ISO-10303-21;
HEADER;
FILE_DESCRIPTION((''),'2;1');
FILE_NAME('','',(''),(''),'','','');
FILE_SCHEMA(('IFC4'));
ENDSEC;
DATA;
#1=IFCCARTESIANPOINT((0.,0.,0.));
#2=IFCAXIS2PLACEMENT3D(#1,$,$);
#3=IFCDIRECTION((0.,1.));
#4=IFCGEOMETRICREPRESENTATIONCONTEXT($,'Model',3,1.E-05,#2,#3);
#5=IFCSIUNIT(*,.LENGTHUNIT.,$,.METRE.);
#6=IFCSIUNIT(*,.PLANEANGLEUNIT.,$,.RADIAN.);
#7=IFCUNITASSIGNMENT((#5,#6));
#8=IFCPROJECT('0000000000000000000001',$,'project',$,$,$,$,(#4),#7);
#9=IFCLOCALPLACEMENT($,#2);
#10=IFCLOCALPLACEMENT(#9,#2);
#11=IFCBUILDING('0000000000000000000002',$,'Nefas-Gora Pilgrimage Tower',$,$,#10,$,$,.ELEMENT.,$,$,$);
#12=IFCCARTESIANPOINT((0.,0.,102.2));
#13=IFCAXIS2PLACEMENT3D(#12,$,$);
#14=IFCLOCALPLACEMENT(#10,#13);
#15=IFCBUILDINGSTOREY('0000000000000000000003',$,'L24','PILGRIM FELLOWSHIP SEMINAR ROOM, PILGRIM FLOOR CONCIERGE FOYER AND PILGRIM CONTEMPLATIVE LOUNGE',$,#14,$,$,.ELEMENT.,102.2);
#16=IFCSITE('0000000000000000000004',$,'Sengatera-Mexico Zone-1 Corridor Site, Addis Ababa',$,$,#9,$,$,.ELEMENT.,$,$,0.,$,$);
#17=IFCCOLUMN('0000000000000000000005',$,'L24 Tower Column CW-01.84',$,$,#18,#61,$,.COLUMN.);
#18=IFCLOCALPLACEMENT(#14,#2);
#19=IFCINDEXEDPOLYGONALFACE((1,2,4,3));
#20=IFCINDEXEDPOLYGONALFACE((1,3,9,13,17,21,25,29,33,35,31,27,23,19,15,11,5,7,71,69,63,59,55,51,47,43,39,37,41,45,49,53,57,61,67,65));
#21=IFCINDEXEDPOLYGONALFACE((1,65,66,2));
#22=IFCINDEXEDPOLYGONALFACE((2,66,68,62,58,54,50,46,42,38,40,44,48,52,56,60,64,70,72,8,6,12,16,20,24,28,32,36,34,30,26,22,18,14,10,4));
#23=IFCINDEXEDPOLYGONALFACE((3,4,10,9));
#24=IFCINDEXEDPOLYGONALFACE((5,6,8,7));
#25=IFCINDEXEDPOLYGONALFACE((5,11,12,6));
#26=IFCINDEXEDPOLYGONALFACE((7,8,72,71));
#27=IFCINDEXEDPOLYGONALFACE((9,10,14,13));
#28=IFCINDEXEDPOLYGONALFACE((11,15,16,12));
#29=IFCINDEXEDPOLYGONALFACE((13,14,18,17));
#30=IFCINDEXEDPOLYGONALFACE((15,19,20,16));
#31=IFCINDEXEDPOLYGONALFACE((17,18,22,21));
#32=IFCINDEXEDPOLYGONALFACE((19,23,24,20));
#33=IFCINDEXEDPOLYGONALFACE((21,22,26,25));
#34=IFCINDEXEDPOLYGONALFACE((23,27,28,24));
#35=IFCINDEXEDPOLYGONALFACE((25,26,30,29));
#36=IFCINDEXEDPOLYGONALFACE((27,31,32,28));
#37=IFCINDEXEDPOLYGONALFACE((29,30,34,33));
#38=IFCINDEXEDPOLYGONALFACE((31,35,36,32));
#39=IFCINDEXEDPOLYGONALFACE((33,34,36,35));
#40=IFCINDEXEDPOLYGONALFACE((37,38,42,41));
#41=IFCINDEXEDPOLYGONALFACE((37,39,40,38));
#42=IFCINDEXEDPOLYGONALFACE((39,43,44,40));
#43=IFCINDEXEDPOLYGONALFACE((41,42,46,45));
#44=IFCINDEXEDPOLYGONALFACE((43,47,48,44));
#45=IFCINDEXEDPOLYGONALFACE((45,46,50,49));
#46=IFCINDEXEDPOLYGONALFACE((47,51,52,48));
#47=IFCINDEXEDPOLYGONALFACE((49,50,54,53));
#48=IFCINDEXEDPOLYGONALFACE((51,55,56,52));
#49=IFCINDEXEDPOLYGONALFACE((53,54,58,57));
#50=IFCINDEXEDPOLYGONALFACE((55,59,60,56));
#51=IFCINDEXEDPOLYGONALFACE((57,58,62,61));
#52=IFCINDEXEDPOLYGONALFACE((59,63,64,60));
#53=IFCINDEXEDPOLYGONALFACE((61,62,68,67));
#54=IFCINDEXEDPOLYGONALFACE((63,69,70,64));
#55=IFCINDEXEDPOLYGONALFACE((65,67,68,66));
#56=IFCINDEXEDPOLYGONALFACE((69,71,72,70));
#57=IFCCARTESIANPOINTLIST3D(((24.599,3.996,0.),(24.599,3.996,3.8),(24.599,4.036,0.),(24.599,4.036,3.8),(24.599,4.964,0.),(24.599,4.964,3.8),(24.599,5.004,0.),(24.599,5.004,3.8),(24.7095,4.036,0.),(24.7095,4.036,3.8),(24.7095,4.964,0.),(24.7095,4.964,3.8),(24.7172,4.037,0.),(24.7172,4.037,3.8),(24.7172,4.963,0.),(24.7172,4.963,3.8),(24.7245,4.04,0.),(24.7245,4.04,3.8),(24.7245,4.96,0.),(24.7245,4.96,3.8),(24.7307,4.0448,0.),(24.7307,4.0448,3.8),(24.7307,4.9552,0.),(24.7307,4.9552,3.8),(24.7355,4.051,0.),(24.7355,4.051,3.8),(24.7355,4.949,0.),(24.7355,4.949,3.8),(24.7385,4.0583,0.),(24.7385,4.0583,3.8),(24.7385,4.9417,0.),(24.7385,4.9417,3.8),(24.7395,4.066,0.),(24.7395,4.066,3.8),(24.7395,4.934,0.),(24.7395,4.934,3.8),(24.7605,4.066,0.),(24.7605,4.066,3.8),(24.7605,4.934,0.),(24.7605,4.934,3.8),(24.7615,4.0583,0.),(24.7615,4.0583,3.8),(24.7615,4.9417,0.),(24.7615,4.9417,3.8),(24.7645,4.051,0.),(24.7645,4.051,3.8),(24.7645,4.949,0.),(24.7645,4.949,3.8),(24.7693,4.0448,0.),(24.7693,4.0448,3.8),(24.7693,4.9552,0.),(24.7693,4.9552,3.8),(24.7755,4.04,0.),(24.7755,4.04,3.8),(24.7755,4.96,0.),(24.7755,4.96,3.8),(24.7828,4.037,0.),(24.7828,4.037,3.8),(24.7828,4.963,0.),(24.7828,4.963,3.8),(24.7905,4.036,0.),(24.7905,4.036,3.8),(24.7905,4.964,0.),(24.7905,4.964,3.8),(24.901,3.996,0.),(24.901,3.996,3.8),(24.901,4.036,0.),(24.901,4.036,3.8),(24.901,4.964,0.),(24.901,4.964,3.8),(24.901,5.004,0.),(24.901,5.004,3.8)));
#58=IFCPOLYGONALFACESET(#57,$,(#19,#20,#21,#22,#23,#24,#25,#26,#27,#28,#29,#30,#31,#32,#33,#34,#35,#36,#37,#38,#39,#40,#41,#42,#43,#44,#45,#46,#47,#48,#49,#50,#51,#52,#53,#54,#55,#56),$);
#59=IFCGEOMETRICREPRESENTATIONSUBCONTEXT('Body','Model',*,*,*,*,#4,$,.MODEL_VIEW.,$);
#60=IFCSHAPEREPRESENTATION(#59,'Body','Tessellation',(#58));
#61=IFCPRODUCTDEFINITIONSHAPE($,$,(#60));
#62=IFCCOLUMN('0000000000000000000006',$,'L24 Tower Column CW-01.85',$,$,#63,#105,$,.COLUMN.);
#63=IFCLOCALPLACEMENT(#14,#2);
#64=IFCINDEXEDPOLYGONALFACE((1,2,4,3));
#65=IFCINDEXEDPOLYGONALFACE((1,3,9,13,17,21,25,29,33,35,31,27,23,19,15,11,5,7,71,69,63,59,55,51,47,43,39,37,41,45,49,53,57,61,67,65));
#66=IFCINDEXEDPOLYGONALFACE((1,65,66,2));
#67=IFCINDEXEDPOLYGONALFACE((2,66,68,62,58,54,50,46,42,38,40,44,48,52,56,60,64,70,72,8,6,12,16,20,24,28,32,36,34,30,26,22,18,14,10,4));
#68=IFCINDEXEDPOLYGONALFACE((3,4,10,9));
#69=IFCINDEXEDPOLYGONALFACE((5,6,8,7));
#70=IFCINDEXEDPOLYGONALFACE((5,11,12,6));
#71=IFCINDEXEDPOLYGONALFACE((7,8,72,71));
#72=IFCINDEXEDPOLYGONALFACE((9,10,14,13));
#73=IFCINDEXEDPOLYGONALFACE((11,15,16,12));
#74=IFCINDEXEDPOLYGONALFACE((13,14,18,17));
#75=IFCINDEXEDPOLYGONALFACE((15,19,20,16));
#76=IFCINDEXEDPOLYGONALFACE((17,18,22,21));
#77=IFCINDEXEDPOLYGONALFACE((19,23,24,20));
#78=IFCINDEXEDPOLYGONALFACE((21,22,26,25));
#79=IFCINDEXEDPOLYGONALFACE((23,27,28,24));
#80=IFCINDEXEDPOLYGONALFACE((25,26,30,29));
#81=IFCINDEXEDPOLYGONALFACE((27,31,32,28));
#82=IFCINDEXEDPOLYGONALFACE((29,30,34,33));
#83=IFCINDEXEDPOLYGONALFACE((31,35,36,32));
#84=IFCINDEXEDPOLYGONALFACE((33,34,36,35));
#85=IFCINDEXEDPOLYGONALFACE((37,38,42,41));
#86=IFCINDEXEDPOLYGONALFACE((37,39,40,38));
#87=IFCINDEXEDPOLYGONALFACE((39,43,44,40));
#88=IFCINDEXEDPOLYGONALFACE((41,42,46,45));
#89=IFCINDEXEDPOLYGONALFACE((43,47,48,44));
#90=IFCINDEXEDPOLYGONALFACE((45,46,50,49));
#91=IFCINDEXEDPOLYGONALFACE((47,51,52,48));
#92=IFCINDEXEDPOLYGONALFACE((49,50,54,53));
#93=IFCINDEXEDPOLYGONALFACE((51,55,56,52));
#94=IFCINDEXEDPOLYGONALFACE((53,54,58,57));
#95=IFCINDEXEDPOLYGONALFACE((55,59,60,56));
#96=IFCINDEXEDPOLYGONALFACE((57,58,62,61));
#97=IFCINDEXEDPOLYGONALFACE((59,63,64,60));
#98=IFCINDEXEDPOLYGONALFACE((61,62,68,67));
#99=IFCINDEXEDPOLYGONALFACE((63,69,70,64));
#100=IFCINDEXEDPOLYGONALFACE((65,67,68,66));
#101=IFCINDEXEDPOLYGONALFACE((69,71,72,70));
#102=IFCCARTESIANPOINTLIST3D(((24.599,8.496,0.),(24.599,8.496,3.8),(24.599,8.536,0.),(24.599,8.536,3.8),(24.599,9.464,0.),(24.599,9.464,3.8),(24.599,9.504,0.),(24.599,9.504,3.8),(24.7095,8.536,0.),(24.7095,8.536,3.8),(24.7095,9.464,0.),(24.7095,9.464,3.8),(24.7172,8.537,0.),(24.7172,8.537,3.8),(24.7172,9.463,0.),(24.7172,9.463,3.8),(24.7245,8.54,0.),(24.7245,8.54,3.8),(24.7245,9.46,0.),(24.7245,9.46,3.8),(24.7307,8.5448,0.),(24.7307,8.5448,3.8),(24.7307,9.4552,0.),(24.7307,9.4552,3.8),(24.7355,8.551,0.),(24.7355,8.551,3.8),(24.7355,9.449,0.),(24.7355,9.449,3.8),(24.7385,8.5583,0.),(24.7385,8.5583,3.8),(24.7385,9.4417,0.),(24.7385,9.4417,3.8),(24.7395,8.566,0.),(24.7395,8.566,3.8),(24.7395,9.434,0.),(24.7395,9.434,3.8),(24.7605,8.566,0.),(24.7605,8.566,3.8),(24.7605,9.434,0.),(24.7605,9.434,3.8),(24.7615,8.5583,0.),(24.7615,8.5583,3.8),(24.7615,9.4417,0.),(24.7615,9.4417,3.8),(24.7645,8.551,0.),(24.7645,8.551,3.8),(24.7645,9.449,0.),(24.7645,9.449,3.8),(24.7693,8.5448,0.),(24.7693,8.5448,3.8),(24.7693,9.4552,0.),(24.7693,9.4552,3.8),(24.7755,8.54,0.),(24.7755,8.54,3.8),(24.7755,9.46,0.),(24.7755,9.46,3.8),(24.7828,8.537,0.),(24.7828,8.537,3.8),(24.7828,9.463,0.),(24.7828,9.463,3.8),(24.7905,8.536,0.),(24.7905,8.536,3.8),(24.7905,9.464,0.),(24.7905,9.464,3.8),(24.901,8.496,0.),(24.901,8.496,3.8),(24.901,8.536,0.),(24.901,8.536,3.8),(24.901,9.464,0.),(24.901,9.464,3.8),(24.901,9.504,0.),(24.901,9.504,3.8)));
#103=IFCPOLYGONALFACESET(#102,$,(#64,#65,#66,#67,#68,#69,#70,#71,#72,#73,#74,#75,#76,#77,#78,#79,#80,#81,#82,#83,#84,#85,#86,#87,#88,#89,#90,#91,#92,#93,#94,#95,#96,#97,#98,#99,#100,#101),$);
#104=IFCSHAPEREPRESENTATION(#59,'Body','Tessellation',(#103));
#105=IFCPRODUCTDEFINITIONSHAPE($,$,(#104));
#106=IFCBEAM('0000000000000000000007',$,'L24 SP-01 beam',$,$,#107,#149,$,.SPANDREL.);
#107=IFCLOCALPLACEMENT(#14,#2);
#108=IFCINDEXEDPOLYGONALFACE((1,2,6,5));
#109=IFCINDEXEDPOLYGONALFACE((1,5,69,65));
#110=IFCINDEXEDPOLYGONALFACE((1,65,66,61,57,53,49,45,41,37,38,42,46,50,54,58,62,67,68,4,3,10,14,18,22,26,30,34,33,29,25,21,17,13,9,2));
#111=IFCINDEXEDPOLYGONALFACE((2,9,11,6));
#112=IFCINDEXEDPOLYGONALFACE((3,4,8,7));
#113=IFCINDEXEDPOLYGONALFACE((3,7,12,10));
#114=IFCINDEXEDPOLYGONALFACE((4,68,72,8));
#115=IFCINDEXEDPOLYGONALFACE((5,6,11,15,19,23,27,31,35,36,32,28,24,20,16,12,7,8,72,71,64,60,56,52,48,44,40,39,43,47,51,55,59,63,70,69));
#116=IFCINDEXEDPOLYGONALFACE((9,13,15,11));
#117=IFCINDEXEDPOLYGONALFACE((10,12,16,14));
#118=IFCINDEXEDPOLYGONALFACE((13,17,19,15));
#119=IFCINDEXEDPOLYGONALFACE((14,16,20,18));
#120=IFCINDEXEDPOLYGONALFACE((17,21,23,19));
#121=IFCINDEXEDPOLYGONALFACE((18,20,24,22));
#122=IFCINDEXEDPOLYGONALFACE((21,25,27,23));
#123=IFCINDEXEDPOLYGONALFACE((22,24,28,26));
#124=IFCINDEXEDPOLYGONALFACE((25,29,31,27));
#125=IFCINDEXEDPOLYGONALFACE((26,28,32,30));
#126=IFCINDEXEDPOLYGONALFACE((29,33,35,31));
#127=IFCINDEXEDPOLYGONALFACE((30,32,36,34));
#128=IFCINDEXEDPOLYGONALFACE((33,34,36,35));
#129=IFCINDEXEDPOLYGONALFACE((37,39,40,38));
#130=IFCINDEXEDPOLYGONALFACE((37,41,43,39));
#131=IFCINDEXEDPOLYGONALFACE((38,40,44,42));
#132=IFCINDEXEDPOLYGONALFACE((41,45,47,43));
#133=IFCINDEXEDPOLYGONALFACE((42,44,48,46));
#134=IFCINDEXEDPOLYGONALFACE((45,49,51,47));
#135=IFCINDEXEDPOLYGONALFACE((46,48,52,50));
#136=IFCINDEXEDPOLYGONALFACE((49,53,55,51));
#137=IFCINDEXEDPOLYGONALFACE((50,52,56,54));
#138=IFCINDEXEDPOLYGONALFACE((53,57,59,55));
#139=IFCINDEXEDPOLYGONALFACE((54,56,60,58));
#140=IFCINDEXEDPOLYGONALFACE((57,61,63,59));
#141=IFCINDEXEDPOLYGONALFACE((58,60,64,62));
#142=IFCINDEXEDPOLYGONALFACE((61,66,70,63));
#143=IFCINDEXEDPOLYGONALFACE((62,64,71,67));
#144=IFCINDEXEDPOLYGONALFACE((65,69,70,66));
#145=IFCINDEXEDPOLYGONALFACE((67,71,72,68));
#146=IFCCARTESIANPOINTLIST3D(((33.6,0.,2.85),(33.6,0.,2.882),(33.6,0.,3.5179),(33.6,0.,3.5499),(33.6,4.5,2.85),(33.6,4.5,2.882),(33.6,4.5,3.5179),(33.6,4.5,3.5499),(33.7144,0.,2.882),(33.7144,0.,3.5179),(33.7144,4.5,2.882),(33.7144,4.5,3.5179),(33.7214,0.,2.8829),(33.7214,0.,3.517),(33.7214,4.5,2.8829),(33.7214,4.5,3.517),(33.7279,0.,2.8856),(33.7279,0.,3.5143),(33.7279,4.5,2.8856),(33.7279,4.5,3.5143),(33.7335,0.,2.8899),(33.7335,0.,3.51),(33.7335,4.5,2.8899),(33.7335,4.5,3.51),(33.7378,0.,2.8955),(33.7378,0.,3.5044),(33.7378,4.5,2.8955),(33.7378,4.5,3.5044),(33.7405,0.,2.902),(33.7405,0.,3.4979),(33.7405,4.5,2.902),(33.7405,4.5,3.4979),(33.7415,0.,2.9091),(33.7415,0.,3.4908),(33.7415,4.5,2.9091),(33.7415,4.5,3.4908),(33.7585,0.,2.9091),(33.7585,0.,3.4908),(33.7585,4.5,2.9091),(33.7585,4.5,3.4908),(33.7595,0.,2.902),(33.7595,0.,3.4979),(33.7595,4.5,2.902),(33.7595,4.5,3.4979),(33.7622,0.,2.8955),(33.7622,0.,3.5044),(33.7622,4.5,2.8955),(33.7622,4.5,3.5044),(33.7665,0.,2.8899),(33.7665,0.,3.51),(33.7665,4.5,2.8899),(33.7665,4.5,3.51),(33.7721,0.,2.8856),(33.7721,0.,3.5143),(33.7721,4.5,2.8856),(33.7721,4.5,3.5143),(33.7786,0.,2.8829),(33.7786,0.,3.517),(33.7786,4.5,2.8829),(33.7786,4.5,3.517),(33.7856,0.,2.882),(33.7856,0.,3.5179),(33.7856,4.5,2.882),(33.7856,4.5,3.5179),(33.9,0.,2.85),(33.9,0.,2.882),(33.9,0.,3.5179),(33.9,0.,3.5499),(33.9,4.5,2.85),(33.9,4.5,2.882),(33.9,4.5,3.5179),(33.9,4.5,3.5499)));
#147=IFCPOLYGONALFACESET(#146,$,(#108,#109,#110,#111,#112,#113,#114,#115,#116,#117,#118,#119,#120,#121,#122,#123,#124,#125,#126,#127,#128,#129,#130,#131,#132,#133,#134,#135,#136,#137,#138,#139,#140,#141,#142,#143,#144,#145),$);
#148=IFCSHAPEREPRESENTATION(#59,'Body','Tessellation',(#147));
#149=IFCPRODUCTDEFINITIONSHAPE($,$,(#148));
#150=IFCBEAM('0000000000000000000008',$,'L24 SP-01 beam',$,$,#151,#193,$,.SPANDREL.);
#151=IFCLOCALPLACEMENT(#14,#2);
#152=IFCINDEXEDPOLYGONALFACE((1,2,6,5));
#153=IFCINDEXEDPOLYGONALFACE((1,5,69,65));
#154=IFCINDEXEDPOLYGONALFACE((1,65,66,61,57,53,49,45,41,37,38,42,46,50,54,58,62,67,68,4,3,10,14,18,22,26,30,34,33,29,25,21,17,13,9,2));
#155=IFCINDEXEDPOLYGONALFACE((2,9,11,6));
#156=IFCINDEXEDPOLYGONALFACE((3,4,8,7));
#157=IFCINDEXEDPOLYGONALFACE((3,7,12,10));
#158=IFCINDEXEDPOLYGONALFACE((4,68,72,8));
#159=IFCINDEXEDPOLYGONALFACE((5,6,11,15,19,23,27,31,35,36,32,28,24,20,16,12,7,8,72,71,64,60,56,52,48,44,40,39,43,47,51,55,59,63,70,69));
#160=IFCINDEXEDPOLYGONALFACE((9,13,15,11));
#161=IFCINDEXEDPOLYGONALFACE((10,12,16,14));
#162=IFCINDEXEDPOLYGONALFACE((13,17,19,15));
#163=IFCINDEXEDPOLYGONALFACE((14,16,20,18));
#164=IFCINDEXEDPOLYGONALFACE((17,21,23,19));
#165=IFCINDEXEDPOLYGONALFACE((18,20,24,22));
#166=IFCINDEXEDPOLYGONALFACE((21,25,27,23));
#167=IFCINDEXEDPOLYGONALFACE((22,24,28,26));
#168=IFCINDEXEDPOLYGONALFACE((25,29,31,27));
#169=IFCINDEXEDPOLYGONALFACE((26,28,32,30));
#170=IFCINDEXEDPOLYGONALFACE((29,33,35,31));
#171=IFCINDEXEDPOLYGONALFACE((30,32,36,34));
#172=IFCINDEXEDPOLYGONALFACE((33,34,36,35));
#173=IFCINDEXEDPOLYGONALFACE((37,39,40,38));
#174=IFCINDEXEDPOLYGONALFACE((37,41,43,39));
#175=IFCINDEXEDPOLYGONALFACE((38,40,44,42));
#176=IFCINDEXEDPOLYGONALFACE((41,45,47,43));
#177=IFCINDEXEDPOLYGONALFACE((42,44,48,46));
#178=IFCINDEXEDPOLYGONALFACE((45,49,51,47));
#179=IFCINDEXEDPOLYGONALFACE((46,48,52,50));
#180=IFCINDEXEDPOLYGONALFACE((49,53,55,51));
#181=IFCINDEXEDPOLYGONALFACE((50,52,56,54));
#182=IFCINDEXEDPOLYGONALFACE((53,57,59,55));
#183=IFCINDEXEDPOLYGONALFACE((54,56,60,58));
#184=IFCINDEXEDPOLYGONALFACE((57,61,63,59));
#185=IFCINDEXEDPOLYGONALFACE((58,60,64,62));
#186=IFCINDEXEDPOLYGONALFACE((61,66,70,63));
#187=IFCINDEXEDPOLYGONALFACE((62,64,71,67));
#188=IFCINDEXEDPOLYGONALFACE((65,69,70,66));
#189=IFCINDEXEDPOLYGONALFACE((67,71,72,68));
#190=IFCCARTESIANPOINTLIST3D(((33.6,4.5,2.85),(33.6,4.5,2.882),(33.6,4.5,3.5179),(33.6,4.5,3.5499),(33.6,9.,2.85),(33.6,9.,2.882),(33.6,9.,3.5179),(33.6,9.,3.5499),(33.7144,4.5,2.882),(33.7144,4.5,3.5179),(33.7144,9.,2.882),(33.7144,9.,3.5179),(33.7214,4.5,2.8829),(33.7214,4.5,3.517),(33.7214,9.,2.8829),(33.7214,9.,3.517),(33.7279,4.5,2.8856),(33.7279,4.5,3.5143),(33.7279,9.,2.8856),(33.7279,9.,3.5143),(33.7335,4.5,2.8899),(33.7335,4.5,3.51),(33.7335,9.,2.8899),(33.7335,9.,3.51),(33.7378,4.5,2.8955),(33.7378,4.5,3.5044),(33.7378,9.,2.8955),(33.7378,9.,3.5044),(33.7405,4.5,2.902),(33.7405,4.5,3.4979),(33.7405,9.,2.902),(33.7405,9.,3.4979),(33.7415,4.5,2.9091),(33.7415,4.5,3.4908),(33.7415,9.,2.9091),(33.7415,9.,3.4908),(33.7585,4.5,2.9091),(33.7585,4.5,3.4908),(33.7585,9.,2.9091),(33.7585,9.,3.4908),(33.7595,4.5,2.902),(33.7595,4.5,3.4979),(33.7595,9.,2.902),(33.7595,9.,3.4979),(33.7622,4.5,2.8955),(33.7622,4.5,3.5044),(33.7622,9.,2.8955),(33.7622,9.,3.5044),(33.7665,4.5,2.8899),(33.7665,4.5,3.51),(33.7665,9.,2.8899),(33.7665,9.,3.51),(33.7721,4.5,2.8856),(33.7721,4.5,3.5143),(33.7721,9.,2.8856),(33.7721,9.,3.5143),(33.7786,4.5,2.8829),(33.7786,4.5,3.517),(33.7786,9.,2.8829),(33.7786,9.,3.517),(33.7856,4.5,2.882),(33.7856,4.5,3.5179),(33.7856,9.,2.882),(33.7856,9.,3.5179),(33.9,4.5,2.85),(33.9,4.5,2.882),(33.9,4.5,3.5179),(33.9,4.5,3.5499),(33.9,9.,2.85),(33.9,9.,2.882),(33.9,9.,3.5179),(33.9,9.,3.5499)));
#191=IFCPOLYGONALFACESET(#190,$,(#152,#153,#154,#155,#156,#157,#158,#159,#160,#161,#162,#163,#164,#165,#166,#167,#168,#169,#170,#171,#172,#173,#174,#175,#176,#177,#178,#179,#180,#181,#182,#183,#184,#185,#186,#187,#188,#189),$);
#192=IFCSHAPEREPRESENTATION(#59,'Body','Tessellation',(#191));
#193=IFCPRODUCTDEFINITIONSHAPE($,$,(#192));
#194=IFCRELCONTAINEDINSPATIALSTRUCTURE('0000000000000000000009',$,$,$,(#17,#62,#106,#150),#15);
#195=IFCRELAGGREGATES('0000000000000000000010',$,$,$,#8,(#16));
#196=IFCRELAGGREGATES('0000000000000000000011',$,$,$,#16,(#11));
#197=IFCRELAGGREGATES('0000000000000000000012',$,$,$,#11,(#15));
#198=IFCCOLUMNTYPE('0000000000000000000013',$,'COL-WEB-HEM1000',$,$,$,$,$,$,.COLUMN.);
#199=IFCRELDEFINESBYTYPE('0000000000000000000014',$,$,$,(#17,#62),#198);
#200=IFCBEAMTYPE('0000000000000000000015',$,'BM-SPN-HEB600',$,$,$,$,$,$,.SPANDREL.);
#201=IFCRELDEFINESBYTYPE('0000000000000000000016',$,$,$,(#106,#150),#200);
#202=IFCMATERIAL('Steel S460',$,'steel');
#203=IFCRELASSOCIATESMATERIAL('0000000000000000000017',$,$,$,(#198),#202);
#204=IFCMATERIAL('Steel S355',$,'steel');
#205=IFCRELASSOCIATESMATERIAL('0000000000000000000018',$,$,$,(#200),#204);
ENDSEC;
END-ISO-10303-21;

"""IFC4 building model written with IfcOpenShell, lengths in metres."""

from ifc_helpers import new_model, si_unit, direction, frame, origin, origin_2d, place, context, subcontext, project, spatial, i_section, extrude, source, transform, mapped, material, material_profile, profile_set, type_object, element, save


model = new_model("IFC4")

# Units and contexts
model_context = context("Model", 3, precision=1e-05, world=origin(), true_north=direction((0.0, 1.0)))
body_context = subcontext(model_context, "Body", "Model", "MODEL_VIEW")
ifc_project = project(units=[si_unit("LENGTHUNIT", "METRE"), si_unit("PLANEANGLEUNIT", "RADIAN")], contexts=[model_context])

# Site, building, storey
site_placement = place(None, origin())
site = spatial("IfcSite", under=ifc_project, at=site_placement, Name="Sengatera-Mexico Zone-1 Corridor Site, Addis Ababa", CompositionType="ELEMENT", RefElevation=0.0)
building_placement = place(site_placement, origin())
building = spatial("IfcBuilding", under=site, at=building_placement, Name="Nefas-Gora Pilgrimage Tower", CompositionType="ELEMENT")
storey_placement = place(building_placement, frame((0.0, 0.0, 102.2)))
storey = spatial("IfcBuildingStorey", under=building, at=storey_placement, Name="L24", Description="PILGRIM FELLOWSHIP SEMINAR ROOM, PILGRIM FLOOR CONCIERGE FOYER AND PILGRIM CONTEMPLATIVE LOUNGE", CompositionType="ELEMENT", Elevation=102.2)

# Columns
ifc_material_1 = material(Name="Steel S460", Category="steel")
ifc_material_profile_1 = material_profile(ifc_material_1, i_section(OverallWidth=0.302, OverallDepth=1.0081, WebThickness=0.021, FlangeThickness=0.04, FilletRadius=0.03, at=origin_2d()), Name="HEM 1000")
ifc_profile_set_1 = profile_set([ifc_material_profile_1], Name="Steel S460")
column_type_1 = type_object("IfcColumnType", Name="COL-WEB-HEM1000", PredefinedType="COLUMN", material=ifc_profile_set_1)
shared_shape_1 = source(origin(), body_context, "Body", "SweptSolid", [
    extrude(i_section(OverallWidth=0.302, OverallDepth=1.0081, WebThickness=0.021, FlangeThickness=0.04, FilletRadius=0.03, at=origin_2d()), origin(), (0.0, 0.0, 1.0), 3.8),
])
for number, where, z_axis, x_axis, name in (
    (1, (24.75, 4.5, 0.0), (0.0, 0.0, 1.0), (1.0, 0.0, 0.0), "L24 Tower Column CW-01.84"),
    (2, (24.75, 9.0, 0.0), (0.0, 0.0, 1.0), (1.0, 0.0, 0.0), "L24 Tower Column CW-01.85"),
):
    element("IfcColumn", number, at=place(storey_placement, frame(where, z_axis=z_axis, x_axis=x_axis)), inside=storey, type_object=column_type_1, Name=name, PredefinedType="COLUMN", context=body_context, shape_type="MappedRepresentation", body=[
        mapped(shared_shape_1, transform((0.0, 0.0, 0.0), x_axis=(1.0, 0.0, 0.0), y_axis=(0.0, 1.0, 0.0), z_axis=(0.0, 0.0, 1.0), scale=1.0)),
    ])

# Beams
ifc_material_2 = material(Name="Steel S355", Category="steel")
ifc_material_profile_2 = material_profile(ifc_material_2, i_section(OverallWidth=0.3, OverallDepth=0.7, WebThickness=0.0171, FlangeThickness=0.032, FilletRadius=0.0271, at=origin_2d()), Name="HEB 700")
ifc_profile_set_2 = profile_set([ifc_material_profile_2], Name="Steel S355")
beam_type_1 = type_object("IfcBeamType", Name="BM-SPN-HEB600", PredefinedType="SPANDREL", material=ifc_profile_set_2)
shared_shape_2 = source(origin(), body_context, "Body", "SweptSolid", [
    extrude(i_section(OverallWidth=0.3, OverallDepth=0.7, WebThickness=0.0171, FlangeThickness=0.032, FilletRadius=0.0271, at=origin_2d()), origin(), (0.0, 0.0, 1.0), 4.5),
])
for number, where, z_axis, x_axis, name in (
    (3, (33.75, 0.0, 3.2), (0.0, 1.0, 0.0), (-1.0, 0.0, 0.0), "L24 SP-01 beam"),
    (4, (33.75, 4.5, 3.2), (0.0, 1.0, 0.0), (-1.0, 0.0, 0.0), "L24 SP-01 beam"),
):
    element("IfcBeam", number, at=place(storey_placement, frame(where, z_axis=z_axis, x_axis=x_axis)), inside=storey, type_object=beam_type_1, Name=name, PredefinedType="SPANDREL", context=body_context, shape_type="MappedRepresentation", body=[
        mapped(shared_shape_2, transform((0.0, 0.0, 0.0), x_axis=(1.0, 0.0, 0.0), y_axis=(0.0, 1.0, 0.0), z_axis=(0.0, 0.0, 1.0), scale=1.0)),
    ])

save(model, "model.ifc")
